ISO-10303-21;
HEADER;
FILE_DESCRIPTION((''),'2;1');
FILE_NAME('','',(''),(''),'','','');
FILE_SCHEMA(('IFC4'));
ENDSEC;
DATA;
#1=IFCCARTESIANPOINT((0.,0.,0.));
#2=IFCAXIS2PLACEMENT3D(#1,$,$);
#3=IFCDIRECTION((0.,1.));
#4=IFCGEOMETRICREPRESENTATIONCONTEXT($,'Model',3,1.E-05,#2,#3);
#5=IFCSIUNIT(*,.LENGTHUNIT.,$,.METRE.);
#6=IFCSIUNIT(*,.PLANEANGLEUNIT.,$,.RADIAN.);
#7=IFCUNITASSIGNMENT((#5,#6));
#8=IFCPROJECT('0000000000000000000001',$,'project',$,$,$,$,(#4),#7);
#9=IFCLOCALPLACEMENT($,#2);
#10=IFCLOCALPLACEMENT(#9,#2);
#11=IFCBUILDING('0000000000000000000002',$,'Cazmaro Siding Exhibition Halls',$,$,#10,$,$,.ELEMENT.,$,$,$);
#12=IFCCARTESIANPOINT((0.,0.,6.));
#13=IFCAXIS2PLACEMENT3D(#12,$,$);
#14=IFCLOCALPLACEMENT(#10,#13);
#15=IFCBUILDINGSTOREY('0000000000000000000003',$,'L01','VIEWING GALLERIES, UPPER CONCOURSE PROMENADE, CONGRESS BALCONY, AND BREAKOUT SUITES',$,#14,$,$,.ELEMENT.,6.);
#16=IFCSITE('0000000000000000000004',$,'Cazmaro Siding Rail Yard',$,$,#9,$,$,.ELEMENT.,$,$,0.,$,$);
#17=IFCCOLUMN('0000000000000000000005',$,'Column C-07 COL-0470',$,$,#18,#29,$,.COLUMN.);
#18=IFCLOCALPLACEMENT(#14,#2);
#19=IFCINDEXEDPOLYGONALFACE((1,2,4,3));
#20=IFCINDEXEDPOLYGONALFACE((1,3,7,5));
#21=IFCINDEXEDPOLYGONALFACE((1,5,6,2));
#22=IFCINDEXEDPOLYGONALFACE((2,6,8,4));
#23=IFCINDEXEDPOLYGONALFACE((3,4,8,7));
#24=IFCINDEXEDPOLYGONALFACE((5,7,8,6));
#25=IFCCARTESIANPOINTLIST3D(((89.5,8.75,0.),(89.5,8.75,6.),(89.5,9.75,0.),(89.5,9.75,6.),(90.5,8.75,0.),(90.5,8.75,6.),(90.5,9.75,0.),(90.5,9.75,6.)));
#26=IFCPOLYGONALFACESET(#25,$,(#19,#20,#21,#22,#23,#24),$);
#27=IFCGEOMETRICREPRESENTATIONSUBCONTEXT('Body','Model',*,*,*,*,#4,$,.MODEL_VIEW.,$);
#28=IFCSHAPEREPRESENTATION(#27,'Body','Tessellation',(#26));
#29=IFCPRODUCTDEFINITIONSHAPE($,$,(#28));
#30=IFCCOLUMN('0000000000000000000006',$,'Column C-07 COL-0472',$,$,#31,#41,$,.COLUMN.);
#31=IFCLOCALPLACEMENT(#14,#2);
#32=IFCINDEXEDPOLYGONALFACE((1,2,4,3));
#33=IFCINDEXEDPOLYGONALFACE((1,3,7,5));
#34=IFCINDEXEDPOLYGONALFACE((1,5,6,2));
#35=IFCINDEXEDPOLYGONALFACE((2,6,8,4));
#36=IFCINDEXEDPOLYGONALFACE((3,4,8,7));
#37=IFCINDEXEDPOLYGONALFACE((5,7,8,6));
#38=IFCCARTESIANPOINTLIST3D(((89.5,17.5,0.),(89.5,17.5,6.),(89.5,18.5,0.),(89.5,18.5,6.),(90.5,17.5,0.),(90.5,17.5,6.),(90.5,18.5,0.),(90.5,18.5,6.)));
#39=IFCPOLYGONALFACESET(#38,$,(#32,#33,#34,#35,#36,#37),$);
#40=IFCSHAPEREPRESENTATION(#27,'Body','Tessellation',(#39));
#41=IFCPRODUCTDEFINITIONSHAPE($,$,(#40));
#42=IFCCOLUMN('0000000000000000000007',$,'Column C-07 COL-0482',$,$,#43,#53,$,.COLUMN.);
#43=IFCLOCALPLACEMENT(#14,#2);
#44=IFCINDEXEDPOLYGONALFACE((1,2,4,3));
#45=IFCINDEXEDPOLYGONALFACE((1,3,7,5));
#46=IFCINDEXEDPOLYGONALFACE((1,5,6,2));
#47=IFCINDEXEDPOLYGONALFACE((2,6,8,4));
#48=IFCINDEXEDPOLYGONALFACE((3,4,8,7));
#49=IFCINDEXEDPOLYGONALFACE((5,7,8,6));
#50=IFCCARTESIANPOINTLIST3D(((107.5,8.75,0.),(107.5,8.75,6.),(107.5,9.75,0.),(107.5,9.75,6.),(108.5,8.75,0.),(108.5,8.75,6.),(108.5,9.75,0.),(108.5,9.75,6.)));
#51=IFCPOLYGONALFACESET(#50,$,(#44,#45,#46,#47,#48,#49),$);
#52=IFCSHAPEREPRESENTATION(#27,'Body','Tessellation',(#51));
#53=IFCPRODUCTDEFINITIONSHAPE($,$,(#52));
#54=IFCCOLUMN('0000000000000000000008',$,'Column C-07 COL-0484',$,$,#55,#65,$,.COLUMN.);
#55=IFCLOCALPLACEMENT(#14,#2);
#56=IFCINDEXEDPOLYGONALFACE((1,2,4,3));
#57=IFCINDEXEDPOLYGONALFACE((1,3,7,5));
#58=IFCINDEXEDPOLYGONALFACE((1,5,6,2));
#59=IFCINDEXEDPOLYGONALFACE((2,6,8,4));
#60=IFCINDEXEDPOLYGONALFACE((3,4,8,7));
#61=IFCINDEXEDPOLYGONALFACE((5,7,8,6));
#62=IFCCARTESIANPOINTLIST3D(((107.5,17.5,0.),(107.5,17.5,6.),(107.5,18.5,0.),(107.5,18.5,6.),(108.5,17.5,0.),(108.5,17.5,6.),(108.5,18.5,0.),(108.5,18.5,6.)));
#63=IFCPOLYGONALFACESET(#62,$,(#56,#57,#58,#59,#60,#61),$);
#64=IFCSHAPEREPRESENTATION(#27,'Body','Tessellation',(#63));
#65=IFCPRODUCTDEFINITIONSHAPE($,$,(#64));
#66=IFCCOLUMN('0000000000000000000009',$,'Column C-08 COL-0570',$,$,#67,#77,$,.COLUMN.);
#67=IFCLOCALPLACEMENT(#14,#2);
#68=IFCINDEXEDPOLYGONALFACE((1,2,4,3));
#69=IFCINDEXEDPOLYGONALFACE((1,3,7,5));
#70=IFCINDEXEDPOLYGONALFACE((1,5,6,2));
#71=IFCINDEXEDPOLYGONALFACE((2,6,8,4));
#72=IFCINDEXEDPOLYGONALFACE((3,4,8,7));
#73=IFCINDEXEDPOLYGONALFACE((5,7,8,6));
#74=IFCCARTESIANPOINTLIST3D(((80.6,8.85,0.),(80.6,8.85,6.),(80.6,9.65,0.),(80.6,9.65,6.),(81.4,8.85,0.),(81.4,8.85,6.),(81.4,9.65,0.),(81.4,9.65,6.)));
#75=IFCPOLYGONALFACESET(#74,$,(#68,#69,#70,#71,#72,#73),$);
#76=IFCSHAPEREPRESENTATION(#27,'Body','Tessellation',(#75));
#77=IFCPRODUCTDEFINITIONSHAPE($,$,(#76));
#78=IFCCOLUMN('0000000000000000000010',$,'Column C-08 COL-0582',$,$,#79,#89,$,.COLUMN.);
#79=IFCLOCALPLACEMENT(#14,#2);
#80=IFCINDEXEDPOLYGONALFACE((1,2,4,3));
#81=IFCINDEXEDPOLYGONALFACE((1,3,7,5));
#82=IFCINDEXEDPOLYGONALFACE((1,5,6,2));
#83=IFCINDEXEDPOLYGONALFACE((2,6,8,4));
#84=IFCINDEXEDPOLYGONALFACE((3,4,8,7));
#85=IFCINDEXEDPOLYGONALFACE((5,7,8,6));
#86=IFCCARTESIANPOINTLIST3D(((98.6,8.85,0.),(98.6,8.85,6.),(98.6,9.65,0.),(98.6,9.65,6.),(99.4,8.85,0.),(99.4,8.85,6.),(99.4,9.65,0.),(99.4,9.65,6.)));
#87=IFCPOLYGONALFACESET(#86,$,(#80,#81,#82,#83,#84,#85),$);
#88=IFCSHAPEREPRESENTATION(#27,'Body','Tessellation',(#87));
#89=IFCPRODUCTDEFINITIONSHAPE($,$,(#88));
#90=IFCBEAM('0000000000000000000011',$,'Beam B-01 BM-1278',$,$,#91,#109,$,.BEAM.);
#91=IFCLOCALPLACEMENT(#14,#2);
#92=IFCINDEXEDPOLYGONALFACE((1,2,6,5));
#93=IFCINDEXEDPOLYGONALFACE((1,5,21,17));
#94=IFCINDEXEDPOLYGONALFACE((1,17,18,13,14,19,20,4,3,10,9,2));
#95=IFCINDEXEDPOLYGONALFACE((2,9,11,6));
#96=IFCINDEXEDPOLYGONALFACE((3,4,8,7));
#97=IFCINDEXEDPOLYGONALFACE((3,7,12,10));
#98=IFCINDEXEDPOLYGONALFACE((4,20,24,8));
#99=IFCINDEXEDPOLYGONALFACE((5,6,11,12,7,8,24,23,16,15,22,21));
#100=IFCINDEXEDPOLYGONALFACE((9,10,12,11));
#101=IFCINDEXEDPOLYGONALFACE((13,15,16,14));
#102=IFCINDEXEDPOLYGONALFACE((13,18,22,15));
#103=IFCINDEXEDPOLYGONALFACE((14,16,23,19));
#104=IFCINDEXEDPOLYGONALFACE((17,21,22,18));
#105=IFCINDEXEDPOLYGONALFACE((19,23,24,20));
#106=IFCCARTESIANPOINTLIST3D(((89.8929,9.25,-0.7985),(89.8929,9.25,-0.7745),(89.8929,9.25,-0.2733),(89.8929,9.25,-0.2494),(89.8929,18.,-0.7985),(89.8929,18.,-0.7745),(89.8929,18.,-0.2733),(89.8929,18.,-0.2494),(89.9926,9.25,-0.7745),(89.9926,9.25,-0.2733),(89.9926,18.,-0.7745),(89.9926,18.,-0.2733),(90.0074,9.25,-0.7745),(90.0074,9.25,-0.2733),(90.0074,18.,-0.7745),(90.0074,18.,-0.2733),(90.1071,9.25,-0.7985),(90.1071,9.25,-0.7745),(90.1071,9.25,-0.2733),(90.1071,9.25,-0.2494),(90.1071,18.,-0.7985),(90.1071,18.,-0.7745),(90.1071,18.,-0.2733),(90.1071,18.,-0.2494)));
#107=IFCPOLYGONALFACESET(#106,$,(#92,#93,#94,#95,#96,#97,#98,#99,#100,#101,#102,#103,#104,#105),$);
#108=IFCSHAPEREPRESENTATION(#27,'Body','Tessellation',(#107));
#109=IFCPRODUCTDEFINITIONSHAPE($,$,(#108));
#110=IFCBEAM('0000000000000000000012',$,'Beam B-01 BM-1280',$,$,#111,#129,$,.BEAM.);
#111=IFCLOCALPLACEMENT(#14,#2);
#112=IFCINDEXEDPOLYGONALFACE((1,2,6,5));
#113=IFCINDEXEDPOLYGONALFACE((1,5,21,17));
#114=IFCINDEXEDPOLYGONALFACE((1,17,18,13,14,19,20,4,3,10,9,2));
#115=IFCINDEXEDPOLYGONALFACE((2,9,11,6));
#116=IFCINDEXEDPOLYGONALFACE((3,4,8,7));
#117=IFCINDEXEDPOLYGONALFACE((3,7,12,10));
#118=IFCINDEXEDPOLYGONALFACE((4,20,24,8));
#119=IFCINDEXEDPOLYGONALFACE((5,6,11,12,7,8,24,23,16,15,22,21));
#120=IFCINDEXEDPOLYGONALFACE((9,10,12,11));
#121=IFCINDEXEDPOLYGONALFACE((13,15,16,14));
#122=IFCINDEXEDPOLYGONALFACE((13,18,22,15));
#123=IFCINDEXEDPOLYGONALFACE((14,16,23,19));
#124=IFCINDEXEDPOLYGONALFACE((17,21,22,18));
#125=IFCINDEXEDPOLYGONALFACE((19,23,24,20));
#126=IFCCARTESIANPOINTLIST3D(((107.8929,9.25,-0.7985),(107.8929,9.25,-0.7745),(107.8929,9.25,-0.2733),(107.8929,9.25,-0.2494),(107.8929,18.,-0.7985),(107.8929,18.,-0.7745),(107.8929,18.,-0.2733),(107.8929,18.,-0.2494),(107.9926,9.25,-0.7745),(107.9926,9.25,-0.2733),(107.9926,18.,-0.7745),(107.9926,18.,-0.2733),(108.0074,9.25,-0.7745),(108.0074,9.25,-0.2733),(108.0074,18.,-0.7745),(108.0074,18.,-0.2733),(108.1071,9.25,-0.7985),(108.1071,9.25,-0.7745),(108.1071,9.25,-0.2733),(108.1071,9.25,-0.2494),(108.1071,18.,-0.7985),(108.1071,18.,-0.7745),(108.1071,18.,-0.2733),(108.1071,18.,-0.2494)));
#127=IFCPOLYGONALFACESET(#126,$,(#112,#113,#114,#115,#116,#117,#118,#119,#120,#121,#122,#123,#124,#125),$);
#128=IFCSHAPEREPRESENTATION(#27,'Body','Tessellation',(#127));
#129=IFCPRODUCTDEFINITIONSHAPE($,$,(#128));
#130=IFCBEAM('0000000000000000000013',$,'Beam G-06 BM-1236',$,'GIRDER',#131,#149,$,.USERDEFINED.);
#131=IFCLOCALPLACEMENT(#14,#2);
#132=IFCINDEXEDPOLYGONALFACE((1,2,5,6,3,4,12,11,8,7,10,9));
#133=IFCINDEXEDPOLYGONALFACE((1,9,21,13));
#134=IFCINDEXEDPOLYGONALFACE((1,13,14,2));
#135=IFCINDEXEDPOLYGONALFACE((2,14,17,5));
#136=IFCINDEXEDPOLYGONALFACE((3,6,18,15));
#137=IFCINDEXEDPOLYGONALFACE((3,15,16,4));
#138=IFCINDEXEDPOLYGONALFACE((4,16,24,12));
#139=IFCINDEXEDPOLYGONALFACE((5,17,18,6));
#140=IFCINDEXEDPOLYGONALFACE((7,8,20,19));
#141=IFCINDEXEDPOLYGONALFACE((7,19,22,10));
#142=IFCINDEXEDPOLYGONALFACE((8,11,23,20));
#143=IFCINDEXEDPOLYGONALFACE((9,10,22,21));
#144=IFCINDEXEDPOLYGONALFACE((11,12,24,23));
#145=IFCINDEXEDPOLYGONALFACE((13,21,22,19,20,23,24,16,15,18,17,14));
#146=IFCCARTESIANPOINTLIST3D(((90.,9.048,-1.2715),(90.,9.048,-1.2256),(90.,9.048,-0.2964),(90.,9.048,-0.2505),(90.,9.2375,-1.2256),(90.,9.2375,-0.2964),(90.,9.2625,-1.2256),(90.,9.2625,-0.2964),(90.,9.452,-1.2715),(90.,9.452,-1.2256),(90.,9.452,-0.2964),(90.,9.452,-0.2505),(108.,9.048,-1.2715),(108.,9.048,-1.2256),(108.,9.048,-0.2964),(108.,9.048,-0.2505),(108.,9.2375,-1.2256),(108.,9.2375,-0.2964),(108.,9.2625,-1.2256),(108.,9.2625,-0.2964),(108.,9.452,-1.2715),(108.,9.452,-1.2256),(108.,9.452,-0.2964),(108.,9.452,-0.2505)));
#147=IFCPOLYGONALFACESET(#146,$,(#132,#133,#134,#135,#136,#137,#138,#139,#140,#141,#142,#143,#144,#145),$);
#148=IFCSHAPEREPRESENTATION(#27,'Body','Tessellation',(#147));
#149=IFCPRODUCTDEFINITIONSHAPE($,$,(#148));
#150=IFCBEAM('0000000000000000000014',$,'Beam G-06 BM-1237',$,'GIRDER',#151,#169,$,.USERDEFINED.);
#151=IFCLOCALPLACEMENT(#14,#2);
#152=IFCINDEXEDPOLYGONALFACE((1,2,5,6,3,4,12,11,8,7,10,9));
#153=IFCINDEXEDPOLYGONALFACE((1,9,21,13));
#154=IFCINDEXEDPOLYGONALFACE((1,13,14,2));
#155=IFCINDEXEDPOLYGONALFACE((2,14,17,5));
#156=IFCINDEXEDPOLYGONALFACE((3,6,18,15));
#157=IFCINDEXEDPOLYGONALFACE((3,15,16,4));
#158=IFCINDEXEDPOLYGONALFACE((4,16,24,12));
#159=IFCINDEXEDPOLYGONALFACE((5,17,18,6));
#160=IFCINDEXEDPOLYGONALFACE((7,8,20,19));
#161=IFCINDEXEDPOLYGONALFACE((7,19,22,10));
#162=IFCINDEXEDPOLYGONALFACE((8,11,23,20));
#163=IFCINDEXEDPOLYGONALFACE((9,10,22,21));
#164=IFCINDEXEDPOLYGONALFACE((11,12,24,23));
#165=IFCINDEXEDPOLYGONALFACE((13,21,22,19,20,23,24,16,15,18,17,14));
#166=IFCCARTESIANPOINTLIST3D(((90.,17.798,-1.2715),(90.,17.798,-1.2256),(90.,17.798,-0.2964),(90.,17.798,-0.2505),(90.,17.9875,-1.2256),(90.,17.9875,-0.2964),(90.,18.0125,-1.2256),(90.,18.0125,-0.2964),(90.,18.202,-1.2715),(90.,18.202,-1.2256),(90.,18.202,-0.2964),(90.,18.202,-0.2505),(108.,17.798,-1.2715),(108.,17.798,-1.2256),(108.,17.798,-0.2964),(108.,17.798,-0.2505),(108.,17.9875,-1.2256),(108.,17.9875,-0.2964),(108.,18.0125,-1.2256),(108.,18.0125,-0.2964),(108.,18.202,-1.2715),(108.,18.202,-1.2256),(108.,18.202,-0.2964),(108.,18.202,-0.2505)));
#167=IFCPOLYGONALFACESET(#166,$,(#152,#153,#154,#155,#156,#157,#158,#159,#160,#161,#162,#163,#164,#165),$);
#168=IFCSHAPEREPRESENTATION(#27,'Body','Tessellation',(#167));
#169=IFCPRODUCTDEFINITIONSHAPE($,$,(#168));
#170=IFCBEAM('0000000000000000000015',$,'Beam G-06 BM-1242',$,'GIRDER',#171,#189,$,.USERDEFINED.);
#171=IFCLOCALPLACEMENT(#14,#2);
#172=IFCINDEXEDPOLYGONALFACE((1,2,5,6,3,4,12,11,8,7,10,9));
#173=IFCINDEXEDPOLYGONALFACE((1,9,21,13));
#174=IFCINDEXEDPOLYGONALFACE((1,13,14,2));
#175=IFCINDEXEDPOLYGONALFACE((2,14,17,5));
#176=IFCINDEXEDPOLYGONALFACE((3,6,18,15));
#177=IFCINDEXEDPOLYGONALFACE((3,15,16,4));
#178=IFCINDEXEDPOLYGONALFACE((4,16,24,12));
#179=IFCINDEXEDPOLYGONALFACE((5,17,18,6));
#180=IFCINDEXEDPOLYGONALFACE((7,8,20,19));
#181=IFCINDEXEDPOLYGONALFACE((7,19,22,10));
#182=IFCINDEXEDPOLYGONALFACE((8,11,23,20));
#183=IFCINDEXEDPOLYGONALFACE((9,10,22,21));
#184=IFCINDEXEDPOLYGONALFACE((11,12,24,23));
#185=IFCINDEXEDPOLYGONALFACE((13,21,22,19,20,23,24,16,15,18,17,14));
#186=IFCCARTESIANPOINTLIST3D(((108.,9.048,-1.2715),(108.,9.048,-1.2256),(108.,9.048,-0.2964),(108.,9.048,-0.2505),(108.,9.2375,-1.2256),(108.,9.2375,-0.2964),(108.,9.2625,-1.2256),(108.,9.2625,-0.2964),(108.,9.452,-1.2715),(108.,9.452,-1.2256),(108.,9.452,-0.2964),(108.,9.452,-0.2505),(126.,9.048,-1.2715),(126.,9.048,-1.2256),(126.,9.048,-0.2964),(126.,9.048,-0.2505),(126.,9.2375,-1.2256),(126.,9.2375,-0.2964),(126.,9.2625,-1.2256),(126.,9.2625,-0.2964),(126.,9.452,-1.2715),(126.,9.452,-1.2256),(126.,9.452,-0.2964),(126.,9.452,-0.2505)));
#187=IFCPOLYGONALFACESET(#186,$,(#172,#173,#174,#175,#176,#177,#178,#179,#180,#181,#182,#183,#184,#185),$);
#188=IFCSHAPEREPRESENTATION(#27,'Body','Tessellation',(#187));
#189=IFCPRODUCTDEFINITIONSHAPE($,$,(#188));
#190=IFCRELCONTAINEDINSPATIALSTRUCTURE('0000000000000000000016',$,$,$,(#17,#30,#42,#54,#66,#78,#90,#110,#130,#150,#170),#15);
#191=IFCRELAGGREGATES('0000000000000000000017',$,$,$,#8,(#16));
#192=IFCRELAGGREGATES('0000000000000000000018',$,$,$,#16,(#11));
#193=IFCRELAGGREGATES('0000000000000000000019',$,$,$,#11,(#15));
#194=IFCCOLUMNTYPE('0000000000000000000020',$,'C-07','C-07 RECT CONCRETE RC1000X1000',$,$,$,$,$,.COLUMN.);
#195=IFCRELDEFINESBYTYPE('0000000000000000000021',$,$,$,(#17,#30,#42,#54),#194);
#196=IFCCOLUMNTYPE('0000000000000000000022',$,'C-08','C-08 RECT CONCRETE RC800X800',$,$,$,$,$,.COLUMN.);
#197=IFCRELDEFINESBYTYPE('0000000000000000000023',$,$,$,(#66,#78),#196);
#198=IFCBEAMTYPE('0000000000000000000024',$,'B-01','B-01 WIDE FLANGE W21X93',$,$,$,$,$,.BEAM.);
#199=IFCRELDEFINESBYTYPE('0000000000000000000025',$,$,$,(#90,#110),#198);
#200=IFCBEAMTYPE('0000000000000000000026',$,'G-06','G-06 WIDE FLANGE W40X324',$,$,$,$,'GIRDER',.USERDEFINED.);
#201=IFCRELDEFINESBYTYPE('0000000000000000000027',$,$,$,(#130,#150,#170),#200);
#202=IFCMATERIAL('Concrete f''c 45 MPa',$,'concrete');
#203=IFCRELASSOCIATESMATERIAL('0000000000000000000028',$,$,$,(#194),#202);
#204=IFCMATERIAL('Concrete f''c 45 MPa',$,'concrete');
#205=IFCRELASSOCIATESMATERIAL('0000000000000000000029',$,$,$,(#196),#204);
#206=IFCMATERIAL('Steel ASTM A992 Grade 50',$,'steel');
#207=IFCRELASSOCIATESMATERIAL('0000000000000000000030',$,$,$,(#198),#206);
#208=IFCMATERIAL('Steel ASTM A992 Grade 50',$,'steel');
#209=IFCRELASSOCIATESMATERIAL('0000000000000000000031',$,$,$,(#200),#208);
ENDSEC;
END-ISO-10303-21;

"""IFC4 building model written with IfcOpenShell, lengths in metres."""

from ifc_helpers import new_model, si_unit, direction, frame, origin, origin_2d, place, context, subcontext, project, spatial, rectangle, i_section, extrude, material, material_profile, profile_set, type_object, element, save


model = new_model("IFC4")

# Units and contexts
model_context = context("Model", 3, precision=1e-05, world=origin(), true_north=direction((0.0, 1.0)))
body_context = subcontext(model_context, "Body", "Model", "MODEL_VIEW")
ifc_project = project(units=[si_unit("LENGTHUNIT", "METRE"), si_unit("PLANEANGLEUNIT", "RADIAN")], contexts=[model_context])

# Site, building, storey
site_placement = place(None, origin())
site = spatial("IfcSite", under=ifc_project, at=site_placement, Name="Cazmaro Siding Rail Yard", CompositionType="ELEMENT", RefElevation=0.0)
building_placement = place(site_placement, origin())
building = spatial("IfcBuilding", under=site, at=building_placement, Name="Cazmaro Siding Exhibition Halls", CompositionType="ELEMENT")
storey_placement = place(building_placement, frame((0.0, 0.0, 6.0)))
storey = spatial("IfcBuildingStorey", under=building, at=storey_placement, Name="L01", Description="VIEWING GALLERIES, UPPER CONCOURSE PROMENADE, CONGRESS BALCONY, AND BREAKOUT SUITES", CompositionType="ELEMENT", Elevation=6.0)

# Columns
ifc_material_1 = material(Name="Concrete f'c 45 MPa", Category="concrete")
ifc_material_profile_1 = material_profile(ifc_material_1, rectangle(XDim=1.0, YDim=1.0, at=origin_2d()), Name="RC1000X1000")
ifc_profile_set_1 = profile_set([ifc_material_profile_1], Name="Concrete f'c 45 MPa")
column_type_1 = type_object("IfcColumnType", Name="C-07", Description="C-07 RECT CONCRETE RC1000X1000", PredefinedType="COLUMN", material=ifc_profile_set_1)
for number, where, z_axis, x_axis, name in (
    (1, (90.0, 9.25, 0.0), (0.0, 0.0, 1.0), (1.0, 0.0, 0.0), "Column C-07 COL-0470"),
    (2, (90.0, 18.0, 0.0), (0.0, 0.0, 1.0), (1.0, 0.0, 0.0), "Column C-07 COL-0472"),
    (3, (108.0, 9.25, 0.0), (0.0, 0.0, 1.0), (1.0, 0.0, 0.0), "Column C-07 COL-0482"),
    (4, (108.0, 18.0, 0.0), (0.0, 0.0, 1.0), (1.0, 0.0, 0.0), "Column C-07 COL-0484"),
):
    element("IfcColumn", number, at=place(storey_placement, frame(where, z_axis=z_axis, x_axis=x_axis)), inside=storey, type_object=column_type_1, Name=name, PredefinedType="COLUMN", context=body_context, shape_type="SweptSolid", body=[
        extrude(rectangle(XDim=1.0, YDim=1.0, at=origin_2d()), origin(), (0.0, 0.0, 1.0), 6.0),
    ])
ifc_material_2 = material(Name="Concrete f'c 45 MPa", Category="concrete")
ifc_material_profile_2 = material_profile(ifc_material_2, rectangle(XDim=0.8, YDim=0.8, at=origin_2d()), Name="RC800X800")
ifc_profile_set_2 = profile_set([ifc_material_profile_2], Name="Concrete f'c 45 MPa")
column_type_2 = type_object("IfcColumnType", Name="C-08", Description="C-08 RECT CONCRETE RC800X800", PredefinedType="COLUMN", material=ifc_profile_set_2)
for number, where, z_axis, x_axis, name in (
    (5, (81.0, 9.25, 0.0), (0.0, 0.0, 1.0), (1.0, 0.0, 0.0), "Column C-08 COL-0570"),
    (6, (99.0, 9.25, 0.0), (0.0, 0.0, 1.0), (1.0, 0.0, 0.0), "Column C-08 COL-0582"),
):
    element("IfcColumn", number, at=place(storey_placement, frame(where, z_axis=z_axis, x_axis=x_axis)), inside=storey, type_object=column_type_2, Name=name, PredefinedType="COLUMN", context=body_context, shape_type="SweptSolid", body=[
        extrude(rectangle(XDim=0.8, YDim=0.8, at=origin_2d()), origin(), (0.0, 0.0, 1.0), 6.0),
    ])

# Beams
ifc_material_3 = material(Name="Steel ASTM A992 Grade 50", Category="steel")
ifc_material_profile_3 = material_profile(ifc_material_3, i_section(OverallWidth=0.2141, OverallDepth=0.5491, WebThickness=0.0149, FlangeThickness=0.0239, at=origin_2d()), Name="W21X93")
ifc_profile_set_3 = profile_set([ifc_material_profile_3], Name="Steel ASTM A992 Grade 50")
beam_type_1 = type_object("IfcBeamType", Name="B-01", Description="B-01 WIDE FLANGE W21X93", PredefinedType="BEAM", material=ifc_profile_set_3)
for number, where, z_axis, x_axis, name in (
    (7, (90.0, 9.25, -0.5239), (0.0, 1.0, 0.0), (-1.0, 0.0, 0.0), "Beam B-01 BM-1278"),
    (8, (108.0, 9.25, -0.5239), (0.0, 1.0, 0.0), (-1.0, 0.0, 0.0), "Beam B-01 BM-1280"),
):
    element("IfcBeam", number, at=place(storey_placement, frame(where, z_axis=z_axis, x_axis=x_axis)), inside=storey, type_object=beam_type_1, Name=name, PredefinedType="BEAM", context=body_context, shape_type="SweptSolid", body=[
        extrude(i_section(OverallWidth=0.2141, OverallDepth=0.5491, WebThickness=0.0149, FlangeThickness=0.0239, at=origin_2d()), origin(), (0.0, 0.0, 1.0), 8.75),
    ])
ifc_material_4 = material(Name="Steel ASTM A992 Grade 50", Category="steel")
ifc_material_profile_4 = material_profile(ifc_material_4, i_section(OverallWidth=0.4041, OverallDepth=1.021, WebThickness=0.0249, FlangeThickness=0.0459, at=origin_2d()), Name="W40X324")
ifc_profile_set_4 = profile_set([ifc_material_profile_4], Name="Steel ASTM A992 Grade 50")
beam_type_2 = type_object("IfcBeamType", Name="G-06", Description="G-06 WIDE FLANGE W40X324", ElementType="GIRDER", PredefinedType="USERDEFINED", material=ifc_profile_set_4)
for number, where, z_axis, x_axis, name in (
    (9, (90.0, 9.25, -0.761), (1.0, 0.0, 0.0), (0.0, 1.0, 0.0), "Beam G-06 BM-1236"),
    (10, (90.0, 18.0, -0.761), (1.0, 0.0, 0.0), (0.0, 1.0, 0.0), "Beam G-06 BM-1237"),
    (11, (108.0, 9.25, -0.761), (1.0, 0.0, 0.0), (0.0, 1.0, 0.0), "Beam G-06 BM-1242"),
):
    element("IfcBeam", number, at=place(storey_placement, frame(where, z_axis=z_axis, x_axis=x_axis)), inside=storey, type_object=beam_type_2, Name=name, ObjectType="GIRDER", PredefinedType="USERDEFINED", context=body_context, shape_type="SweptSolid", body=[
        extrude(i_section(OverallWidth=0.4041, OverallDepth=1.021, WebThickness=0.0249, FlangeThickness=0.0459, at=origin_2d()), origin(), (0.0, 0.0, 1.0), 18.0),
    ])

save(model, "model.ifc")
